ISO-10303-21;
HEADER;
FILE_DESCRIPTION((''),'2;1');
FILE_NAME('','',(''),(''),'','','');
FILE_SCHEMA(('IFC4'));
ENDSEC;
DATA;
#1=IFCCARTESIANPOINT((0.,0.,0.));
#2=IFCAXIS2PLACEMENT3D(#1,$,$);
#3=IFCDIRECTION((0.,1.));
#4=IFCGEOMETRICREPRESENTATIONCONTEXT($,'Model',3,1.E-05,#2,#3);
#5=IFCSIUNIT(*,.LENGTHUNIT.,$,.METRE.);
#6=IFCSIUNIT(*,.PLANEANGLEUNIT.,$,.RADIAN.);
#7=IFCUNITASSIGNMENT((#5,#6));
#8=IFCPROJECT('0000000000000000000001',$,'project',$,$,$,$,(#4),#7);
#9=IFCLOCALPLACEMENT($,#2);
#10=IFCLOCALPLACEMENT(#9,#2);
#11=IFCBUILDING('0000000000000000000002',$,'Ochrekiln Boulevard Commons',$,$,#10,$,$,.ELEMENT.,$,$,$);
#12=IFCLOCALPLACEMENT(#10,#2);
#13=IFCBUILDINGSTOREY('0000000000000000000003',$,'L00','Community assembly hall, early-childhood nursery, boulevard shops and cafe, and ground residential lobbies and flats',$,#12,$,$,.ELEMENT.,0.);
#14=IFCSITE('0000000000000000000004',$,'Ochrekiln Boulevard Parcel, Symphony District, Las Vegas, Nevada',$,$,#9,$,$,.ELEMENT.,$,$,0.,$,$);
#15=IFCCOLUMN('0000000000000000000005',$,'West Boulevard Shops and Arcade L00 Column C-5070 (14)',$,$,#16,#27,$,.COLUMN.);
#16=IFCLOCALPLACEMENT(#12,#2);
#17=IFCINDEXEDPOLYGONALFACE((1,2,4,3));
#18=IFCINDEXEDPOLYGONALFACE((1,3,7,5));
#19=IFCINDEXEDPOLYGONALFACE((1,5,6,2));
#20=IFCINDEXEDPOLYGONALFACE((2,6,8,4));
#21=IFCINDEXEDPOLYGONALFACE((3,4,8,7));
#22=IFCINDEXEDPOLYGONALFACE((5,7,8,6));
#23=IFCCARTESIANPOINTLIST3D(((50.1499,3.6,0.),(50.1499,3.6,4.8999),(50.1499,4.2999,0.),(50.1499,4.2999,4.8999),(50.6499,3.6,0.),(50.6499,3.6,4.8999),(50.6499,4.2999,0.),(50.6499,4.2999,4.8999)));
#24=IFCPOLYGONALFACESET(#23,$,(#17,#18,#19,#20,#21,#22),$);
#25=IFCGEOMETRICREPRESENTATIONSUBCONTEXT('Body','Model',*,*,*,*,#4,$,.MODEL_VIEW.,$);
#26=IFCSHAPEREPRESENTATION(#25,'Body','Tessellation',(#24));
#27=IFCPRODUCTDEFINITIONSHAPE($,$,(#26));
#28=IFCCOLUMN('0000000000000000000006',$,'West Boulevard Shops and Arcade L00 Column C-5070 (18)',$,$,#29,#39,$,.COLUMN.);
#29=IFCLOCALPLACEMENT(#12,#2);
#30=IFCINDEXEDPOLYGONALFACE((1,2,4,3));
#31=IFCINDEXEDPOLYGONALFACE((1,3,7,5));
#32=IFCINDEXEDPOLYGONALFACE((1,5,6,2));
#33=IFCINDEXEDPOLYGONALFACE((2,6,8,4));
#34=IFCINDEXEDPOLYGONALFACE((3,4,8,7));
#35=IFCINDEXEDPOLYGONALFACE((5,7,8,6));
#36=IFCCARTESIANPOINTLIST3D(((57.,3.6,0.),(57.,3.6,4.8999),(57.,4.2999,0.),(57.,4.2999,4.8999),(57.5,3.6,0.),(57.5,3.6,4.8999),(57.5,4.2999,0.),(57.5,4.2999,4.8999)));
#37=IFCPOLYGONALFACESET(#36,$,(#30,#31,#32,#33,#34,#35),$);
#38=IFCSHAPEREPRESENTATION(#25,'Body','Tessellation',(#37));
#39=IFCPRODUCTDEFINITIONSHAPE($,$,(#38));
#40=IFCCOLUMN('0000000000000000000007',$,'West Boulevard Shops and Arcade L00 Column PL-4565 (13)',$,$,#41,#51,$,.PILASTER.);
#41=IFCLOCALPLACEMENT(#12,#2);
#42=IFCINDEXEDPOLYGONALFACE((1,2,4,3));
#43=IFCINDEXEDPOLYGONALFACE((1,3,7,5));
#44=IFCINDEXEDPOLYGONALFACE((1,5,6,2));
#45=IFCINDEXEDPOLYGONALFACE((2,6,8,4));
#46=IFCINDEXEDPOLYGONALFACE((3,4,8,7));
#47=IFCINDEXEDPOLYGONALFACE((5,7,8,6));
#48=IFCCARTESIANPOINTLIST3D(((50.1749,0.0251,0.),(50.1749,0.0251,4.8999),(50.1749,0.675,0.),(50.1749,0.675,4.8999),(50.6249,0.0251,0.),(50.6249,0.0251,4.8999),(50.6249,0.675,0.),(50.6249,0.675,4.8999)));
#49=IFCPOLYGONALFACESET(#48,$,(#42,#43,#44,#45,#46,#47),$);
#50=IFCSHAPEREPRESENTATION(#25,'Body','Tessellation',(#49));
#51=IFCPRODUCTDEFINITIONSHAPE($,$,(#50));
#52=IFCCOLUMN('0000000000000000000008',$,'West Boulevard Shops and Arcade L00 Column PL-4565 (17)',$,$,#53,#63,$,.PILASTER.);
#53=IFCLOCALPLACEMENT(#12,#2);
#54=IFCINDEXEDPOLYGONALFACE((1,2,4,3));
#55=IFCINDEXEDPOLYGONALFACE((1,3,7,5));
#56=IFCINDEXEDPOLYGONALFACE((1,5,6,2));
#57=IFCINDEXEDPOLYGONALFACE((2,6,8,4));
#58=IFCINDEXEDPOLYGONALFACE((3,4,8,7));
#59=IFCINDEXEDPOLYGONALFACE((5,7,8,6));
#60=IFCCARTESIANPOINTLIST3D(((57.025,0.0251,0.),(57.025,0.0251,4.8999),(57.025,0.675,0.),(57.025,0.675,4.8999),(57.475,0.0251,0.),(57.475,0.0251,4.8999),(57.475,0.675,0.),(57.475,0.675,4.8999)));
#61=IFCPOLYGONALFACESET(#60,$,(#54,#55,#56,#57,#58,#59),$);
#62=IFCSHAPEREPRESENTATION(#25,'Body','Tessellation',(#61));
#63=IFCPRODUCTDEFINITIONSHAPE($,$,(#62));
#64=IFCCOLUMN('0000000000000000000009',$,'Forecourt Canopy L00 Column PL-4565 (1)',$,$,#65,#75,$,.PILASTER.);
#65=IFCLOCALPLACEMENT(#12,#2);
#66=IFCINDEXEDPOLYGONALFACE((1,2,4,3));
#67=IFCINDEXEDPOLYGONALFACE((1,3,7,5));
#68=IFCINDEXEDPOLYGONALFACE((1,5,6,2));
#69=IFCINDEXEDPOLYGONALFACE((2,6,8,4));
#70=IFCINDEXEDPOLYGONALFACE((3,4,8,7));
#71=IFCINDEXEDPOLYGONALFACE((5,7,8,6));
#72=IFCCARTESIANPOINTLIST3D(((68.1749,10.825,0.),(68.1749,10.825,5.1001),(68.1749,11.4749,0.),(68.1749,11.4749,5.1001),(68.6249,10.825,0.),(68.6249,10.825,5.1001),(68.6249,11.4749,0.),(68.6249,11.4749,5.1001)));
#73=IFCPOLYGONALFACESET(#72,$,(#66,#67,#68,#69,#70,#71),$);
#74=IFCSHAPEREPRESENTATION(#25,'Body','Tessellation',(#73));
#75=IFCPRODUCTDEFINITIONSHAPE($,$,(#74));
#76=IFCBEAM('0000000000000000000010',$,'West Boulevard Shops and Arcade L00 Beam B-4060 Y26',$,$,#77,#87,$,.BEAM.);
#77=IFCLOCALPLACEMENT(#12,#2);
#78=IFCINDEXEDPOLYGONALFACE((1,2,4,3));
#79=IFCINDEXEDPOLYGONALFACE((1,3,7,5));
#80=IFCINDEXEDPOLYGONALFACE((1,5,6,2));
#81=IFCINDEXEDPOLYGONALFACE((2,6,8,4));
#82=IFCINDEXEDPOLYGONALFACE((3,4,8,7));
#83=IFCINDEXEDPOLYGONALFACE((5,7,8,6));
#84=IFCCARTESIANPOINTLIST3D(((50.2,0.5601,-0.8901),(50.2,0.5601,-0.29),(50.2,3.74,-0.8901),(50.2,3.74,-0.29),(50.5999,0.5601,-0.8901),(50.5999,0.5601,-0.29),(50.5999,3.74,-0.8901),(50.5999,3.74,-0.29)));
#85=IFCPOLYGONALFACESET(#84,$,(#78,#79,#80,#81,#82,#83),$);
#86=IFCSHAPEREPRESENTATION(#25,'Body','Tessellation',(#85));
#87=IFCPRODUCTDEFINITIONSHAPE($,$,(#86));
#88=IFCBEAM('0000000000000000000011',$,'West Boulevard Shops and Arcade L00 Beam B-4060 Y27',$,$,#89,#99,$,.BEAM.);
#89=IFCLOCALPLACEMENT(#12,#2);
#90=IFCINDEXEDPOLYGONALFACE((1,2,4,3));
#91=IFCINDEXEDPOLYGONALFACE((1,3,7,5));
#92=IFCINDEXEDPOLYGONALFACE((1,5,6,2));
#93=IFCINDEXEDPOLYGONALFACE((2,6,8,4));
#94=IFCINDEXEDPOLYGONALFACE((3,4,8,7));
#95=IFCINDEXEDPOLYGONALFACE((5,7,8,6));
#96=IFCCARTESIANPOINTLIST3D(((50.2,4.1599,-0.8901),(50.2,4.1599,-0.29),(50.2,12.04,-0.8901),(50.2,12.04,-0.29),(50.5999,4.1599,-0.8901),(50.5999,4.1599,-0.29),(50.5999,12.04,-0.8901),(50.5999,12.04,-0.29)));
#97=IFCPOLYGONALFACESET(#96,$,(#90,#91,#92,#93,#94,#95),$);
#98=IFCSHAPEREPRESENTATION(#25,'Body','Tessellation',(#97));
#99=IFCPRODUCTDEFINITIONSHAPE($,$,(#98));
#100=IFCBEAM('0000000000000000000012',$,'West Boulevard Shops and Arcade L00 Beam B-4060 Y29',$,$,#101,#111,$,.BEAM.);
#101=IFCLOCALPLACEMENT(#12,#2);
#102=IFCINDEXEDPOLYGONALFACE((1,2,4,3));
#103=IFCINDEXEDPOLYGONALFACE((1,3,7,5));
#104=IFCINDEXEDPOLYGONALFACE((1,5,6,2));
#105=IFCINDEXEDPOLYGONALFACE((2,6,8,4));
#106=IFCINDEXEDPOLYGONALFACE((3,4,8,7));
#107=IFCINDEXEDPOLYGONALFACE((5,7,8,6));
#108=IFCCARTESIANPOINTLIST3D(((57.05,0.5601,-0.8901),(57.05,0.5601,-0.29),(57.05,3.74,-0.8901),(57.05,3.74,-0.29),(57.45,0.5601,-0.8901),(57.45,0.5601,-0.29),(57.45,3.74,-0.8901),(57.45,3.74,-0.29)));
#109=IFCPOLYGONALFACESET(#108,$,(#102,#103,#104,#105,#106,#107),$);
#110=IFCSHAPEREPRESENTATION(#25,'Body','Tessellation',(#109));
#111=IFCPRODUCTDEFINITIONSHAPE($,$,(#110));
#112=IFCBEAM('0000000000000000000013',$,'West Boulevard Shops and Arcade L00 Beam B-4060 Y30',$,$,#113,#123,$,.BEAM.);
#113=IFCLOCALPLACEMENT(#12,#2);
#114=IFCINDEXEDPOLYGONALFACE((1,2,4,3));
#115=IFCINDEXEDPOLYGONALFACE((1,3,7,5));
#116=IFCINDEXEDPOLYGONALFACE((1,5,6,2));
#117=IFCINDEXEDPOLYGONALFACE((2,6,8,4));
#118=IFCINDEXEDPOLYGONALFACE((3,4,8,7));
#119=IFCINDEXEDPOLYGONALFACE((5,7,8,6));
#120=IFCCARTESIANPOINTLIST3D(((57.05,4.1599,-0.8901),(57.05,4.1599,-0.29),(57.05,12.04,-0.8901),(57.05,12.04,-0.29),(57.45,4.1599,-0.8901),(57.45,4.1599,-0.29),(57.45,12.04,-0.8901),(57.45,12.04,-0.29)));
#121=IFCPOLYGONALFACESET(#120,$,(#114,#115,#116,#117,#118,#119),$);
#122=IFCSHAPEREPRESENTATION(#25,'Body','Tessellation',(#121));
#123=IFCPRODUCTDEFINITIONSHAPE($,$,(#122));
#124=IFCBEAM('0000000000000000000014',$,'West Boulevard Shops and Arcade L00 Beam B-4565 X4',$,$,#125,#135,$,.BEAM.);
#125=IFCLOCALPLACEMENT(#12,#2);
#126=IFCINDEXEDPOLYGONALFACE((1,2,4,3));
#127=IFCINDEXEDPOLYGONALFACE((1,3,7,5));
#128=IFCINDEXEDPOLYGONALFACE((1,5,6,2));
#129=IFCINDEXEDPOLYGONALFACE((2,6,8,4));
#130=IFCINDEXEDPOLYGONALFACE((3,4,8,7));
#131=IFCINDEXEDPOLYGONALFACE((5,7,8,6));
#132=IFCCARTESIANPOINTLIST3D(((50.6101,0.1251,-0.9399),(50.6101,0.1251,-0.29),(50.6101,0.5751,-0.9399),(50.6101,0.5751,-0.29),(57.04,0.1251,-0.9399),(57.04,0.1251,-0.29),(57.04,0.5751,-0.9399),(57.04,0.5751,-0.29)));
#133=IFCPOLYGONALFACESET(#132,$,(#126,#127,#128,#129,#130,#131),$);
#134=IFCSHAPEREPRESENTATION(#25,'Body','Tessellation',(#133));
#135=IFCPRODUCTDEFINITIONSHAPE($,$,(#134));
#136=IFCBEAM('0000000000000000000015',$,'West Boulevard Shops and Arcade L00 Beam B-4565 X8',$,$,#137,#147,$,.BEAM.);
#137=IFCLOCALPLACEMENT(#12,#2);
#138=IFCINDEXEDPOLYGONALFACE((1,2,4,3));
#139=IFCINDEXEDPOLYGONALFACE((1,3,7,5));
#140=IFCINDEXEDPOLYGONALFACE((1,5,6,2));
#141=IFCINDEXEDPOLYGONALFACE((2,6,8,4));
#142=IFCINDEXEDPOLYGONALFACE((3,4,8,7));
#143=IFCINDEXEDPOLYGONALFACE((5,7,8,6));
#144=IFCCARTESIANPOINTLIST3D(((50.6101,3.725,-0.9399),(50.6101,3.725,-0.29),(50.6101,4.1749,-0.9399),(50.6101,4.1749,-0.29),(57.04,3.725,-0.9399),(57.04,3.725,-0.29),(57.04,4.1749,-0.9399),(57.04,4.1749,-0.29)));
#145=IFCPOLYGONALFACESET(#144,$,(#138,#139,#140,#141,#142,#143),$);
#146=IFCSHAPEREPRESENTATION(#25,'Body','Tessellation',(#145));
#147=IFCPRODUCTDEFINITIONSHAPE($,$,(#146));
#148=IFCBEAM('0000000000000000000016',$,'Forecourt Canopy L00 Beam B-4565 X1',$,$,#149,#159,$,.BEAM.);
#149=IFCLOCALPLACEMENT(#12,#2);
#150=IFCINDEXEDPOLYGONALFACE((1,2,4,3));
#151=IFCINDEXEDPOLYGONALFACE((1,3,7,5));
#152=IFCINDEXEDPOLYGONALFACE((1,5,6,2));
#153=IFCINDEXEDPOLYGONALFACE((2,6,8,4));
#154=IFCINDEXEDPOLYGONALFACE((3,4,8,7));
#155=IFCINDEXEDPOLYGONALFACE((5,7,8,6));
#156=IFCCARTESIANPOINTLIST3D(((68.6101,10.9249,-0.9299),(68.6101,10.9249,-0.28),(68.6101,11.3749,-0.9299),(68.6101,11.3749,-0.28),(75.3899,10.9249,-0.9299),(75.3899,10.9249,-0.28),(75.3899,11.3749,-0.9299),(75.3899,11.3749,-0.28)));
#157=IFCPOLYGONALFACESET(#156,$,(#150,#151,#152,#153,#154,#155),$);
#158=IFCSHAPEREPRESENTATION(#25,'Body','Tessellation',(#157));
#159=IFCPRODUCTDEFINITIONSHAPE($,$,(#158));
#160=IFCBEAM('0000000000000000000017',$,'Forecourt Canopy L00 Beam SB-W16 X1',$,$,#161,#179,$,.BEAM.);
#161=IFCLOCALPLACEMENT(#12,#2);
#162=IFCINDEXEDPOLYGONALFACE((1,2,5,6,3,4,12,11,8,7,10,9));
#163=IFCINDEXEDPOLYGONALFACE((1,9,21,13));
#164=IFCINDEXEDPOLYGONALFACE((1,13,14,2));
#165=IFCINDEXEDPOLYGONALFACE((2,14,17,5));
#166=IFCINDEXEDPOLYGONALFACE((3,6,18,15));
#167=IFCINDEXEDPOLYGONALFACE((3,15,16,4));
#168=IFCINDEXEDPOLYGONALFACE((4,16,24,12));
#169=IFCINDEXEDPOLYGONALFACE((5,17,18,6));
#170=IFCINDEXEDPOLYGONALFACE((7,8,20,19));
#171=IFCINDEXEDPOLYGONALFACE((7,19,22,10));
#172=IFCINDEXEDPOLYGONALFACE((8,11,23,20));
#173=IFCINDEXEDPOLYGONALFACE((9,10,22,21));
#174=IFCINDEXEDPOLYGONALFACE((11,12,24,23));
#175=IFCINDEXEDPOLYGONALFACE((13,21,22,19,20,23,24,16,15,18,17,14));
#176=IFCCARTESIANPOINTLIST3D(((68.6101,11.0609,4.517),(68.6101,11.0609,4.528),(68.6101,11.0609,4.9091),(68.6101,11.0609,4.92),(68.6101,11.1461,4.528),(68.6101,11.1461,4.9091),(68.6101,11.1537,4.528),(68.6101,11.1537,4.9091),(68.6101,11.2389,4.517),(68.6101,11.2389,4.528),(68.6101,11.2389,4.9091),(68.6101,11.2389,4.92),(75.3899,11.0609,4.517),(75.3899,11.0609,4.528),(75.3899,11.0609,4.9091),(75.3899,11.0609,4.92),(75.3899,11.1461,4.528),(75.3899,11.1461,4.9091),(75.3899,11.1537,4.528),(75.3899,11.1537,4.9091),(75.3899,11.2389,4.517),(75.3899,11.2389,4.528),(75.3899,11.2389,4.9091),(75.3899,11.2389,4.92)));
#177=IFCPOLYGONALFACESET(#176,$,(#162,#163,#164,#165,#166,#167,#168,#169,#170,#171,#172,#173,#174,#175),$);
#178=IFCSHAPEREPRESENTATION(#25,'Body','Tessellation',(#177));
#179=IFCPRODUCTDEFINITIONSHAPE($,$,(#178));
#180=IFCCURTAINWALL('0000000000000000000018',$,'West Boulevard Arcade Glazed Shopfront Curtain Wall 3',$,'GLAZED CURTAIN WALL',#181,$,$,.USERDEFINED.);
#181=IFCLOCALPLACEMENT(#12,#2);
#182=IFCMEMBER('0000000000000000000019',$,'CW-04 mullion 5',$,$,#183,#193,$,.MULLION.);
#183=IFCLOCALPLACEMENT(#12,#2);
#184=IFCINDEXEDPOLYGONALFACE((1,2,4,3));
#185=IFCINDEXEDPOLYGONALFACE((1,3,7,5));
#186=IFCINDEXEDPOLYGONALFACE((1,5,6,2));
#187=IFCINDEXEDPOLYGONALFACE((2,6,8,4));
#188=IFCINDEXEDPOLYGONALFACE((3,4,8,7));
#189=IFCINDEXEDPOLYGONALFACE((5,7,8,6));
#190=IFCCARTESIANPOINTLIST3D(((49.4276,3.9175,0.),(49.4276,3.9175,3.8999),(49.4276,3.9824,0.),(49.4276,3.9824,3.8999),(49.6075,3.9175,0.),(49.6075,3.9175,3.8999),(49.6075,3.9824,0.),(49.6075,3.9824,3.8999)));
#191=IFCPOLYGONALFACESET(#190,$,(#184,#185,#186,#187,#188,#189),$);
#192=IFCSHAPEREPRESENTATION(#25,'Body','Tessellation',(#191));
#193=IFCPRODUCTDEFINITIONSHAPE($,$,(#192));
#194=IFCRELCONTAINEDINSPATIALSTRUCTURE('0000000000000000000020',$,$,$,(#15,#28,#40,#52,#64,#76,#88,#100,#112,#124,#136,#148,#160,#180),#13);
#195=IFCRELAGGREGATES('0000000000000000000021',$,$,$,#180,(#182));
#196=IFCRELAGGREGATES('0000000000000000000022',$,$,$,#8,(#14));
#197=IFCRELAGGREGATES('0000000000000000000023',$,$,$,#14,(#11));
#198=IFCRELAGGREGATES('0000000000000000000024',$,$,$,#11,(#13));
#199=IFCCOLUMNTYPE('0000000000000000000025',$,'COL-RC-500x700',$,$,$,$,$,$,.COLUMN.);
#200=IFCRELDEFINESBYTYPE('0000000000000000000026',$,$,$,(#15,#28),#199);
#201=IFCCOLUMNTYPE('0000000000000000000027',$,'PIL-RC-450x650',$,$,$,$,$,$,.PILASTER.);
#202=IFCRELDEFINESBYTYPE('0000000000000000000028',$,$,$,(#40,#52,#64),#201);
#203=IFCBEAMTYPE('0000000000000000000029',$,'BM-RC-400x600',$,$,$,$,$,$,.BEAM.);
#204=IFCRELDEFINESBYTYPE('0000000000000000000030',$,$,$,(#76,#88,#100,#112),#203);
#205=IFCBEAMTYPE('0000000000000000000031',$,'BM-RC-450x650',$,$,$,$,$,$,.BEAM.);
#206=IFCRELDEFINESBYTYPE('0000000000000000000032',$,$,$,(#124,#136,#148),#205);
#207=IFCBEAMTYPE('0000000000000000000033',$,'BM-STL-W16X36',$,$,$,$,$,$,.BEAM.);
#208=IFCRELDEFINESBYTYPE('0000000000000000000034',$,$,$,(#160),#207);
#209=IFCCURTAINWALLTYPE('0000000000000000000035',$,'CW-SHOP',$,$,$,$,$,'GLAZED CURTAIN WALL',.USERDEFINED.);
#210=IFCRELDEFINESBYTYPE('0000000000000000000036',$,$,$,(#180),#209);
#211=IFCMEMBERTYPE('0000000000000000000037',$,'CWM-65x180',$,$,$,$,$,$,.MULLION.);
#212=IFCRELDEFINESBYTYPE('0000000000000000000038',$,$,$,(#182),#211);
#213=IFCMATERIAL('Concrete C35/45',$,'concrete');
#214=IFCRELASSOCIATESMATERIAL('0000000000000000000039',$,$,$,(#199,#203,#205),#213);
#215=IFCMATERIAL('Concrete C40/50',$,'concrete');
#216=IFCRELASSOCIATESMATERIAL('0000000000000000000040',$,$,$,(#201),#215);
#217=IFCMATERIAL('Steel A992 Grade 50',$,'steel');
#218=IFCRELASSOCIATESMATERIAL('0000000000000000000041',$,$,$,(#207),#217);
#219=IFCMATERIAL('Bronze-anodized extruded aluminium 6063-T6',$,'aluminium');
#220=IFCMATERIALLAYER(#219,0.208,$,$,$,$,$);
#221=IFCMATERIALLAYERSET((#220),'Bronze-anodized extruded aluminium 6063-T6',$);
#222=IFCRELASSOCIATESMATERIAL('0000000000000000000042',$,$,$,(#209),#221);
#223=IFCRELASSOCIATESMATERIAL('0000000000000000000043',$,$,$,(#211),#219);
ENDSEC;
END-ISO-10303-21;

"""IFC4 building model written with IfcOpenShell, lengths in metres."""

from ifc_helpers import new_model, si_unit, direction, frame, origin, origin_2d, place, context, subcontext, project, spatial, rectangle, i_section, extrude, material, layer, layer_set, material_profile, profile_set, type_object, element, aggregate, save


model = new_model("IFC4")

# Units and contexts
model_context = context("Model", 3, precision=1e-05, world=origin(), true_north=direction((0.0, 1.0)))
body_context = subcontext(model_context, "Body", "Model", "MODEL_VIEW")
ifc_project = project(units=[si_unit("LENGTHUNIT", "METRE"), si_unit("PLANEANGLEUNIT", "RADIAN")], contexts=[model_context])

# Site, building, storey
site_placement = place(None, origin())
site = spatial("IfcSite", under=ifc_project, at=site_placement, Name="Ochrekiln Boulevard Parcel, Symphony District, Las Vegas, Nevada", CompositionType="ELEMENT", RefElevation=0.0)
building_placement = place(site_placement, origin())
building = spatial("IfcBuilding", under=site, at=building_placement, Name="Ochrekiln Boulevard Commons", CompositionType="ELEMENT")
storey_placement = place(building_placement, origin())
storey = spatial("IfcBuildingStorey", under=building, at=storey_placement, Name="L00", Description="Community assembly hall, early-childhood nursery, boulevard shops and cafe, and ground residential lobbies and flats", CompositionType="ELEMENT", Elevation=0.0)

# Columns
ifc_material_1 = material(Name="Concrete C35/45", Category="concrete")
ifc_material_profile_1 = material_profile(ifc_material_1, rectangle(XDim=0.5, YDim=0.7, at=origin_2d()), Name="RC-COL-500x700")
ifc_profile_set_1 = profile_set([ifc_material_profile_1], Name="Concrete C35/45")
column_type_1 = type_object("IfcColumnType", Name="COL-RC-500x700", PredefinedType="COLUMN", material=ifc_profile_set_1)
for number, where, z_axis, x_axis, name in (
    (1, (50.3999, 3.95, 0.0), (0.0, 0.0, 1.0), (1.0, 0.0, 0.0), "West Boulevard Shops and Arcade L00 Column C-5070 (14)"),
    (2, (57.25, 3.95, 0.0), (0.0, 0.0, 1.0), (1.0, 0.0, 0.0), "West Boulevard Shops and Arcade L00 Column C-5070 (18)"),
):
    element("IfcColumn", number, at=place(storey_placement, frame(where, z_axis=z_axis, x_axis=x_axis)), inside=storey, type_object=column_type_1, Name=name, PredefinedType="COLUMN", context=body_context, shape_type="SweptSolid", body=[
        extrude(rectangle(XDim=0.5, YDim=0.7, at=origin_2d()), origin(), (0.0, 0.0, 1.0), 4.8999),
    ])
ifc_material_2 = material(Name="Concrete C40/50", Category="concrete")
ifc_material_profile_2 = material_profile(ifc_material_2, rectangle(XDim=0.45, YDim=0.6499, at=origin_2d()), Name="RC-PIL-450x650")
ifc_profile_set_2 = profile_set([ifc_material_profile_2], Name="Concrete C40/50")
column_type_2 = type_object("IfcColumnType", Name="PIL-RC-450x650", PredefinedType="PILASTER", material=ifc_profile_set_2)
for number, where, z_axis, x_axis, name in (
    (3, (50.3999, 0.3501, 0.0), (0.0, 0.0, 1.0), (1.0, 0.0, 0.0), "West Boulevard Shops and Arcade L00 Column PL-4565 (13)"),
    (4, (57.25, 0.3501, 0.0), (0.0, 0.0, 1.0), (1.0, 0.0, 0.0), "West Boulevard Shops and Arcade L00 Column PL-4565 (17)"),
):
    element("IfcColumn", number, at=place(storey_placement, frame(where, z_axis=z_axis, x_axis=x_axis)), inside=storey, type_object=column_type_2, Name=name, PredefinedType="PILASTER", context=body_context, shape_type="SweptSolid", body=[
        extrude(rectangle(XDim=0.45, YDim=0.6499, at=origin_2d()), origin(), (0.0, 0.0, 1.0), 4.8999),
    ])
column_placement = place(storey_placement, frame((68.3999, 11.1499, 0.0), z_axis=(0.0, 0.0, 1.0), x_axis=(1.0, 0.0, 0.0)))
element("IfcColumn", 5, at=column_placement, inside=storey, type_object=column_type_2, Name="Forecourt Canopy L00 Column PL-4565 (1)", PredefinedType="PILASTER", context=body_context, shape_type="SweptSolid", body=[
    extrude(rectangle(XDim=0.45, YDim=0.6499, at=origin_2d()), origin(), (0.0, 0.0, 1.0), 5.1001),
])

# Beams
ifc_material_profile_3 = material_profile(ifc_material_1, rectangle(XDim=0.3999, YDim=0.6001, at=origin_2d()), Name="RC-BM-400x600")
ifc_profile_set_3 = profile_set([ifc_material_profile_3], Name="Concrete C35/45")
beam_type_1 = type_object("IfcBeamType", Name="BM-RC-400x600", PredefinedType="BEAM", material=ifc_profile_set_3)
beam_1_placement = place(storey_placement, frame((50.3999, 0.5601, -0.5901), z_axis=(0.0, 1.0, 0.0), x_axis=(-1.0, 0.0, 0.0)))
element("IfcBeam", 6, at=beam_1_placement, inside=storey, type_object=beam_type_1, Name="West Boulevard Shops and Arcade L00 Beam B-4060 Y26", PredefinedType="BEAM", context=body_context, shape_type="SweptSolid", body=[
    extrude(rectangle(XDim=0.3999, YDim=0.6001, at=origin_2d()), origin(), (0.0, 0.0, 1.0), 3.1799),
])
beam_2_placement = place(storey_placement, frame((50.3999, 4.1599, -0.5901), z_axis=(0.0, 1.0, 0.0), x_axis=(-1.0, 0.0, 0.0)))
element("IfcBeam", 7, at=beam_2_placement, inside=storey, type_object=beam_type_1, Name="West Boulevard Shops and Arcade L00 Beam B-4060 Y27", PredefinedType="BEAM", context=body_context, shape_type="SweptSolid", body=[
    extrude(rectangle(XDim=0.3999, YDim=0.6001, at=origin_2d()), origin(), (0.0, 0.0, 1.0), 7.8801),
])
beam_3_placement = place(storey_placement, frame((57.25, 0.5601, -0.5901), z_axis=(0.0, 1.0, 0.0), x_axis=(-1.0, 0.0, 0.0)))
element("IfcBeam", 8, at=beam_3_placement, inside=storey, type_object=beam_type_1, Name="West Boulevard Shops and Arcade L00 Beam B-4060 Y29", PredefinedType="BEAM", context=body_context, shape_type="SweptSolid", body=[
    extrude(rectangle(XDim=0.3999, YDim=0.6001, at=origin_2d()), origin(), (0.0, 0.0, 1.0), 3.1799),
])
beam_4_placement = place(storey_placement, frame((57.25, 4.1599, -0.5901), z_axis=(0.0, 1.0, 0.0), x_axis=(-1.0, 0.0, 0.0)))
element("IfcBeam", 9, at=beam_4_placement, inside=storey, type_object=beam_type_1, Name="West Boulevard Shops and Arcade L00 Beam B-4060 Y30", PredefinedType="BEAM", context=body_context, shape_type="SweptSolid", body=[
    extrude(rectangle(XDim=0.3999, YDim=0.6001, at=origin_2d()), origin(), (0.0, 0.0, 1.0), 7.8801),
])
ifc_material_profile_4 = material_profile(ifc_material_1, rectangle(XDim=0.45, YDim=0.6499, at=origin_2d()), Name="RC-BM-450x650")
ifc_profile_set_4 = profile_set([ifc_material_profile_4], Name="Concrete C35/45")
beam_type_2 = type_object("IfcBeamType", Name="BM-RC-450x650", PredefinedType="BEAM", material=ifc_profile_set_4)
for number, where, z_axis, x_axis, name in (
    (10, (50.6101, 0.3501, -0.615), (1.0, 0.0, 0.0), (0.0, 1.0, 0.0), "West Boulevard Shops and Arcade L00 Beam B-4565 X4"),
    (11, (50.6101, 3.95, -0.615), (1.0, 0.0, 0.0), (0.0, 1.0, 0.0), "West Boulevard Shops and Arcade L00 Beam B-4565 X8"),
):
    element("IfcBeam", number, at=place(storey_placement, frame(where, z_axis=z_axis, x_axis=x_axis)), inside=storey, type_object=beam_type_2, Name=name, PredefinedType="BEAM", context=body_context, shape_type="SweptSolid", body=[
        extrude(rectangle(XDim=0.45, YDim=0.6499, at=origin_2d()), origin(), (0.0, 0.0, 1.0), 6.4299),
    ])
beam_5_placement = place(storey_placement, frame((68.6101, 11.1499, -0.605), z_axis=(1.0, 0.0, 0.0), x_axis=(0.0, 1.0, 0.0)))
element("IfcBeam", 12, at=beam_5_placement, inside=storey, type_object=beam_type_2, Name="Forecourt Canopy L00 Beam B-4565 X1", PredefinedType="BEAM", context=body_context, shape_type="SweptSolid", body=[
    extrude(rectangle(XDim=0.45, YDim=0.6499, at=origin_2d()), origin(), (0.0, 0.0, 1.0), 6.7798),
])
ifc_material_3 = material(Name="Steel A992 Grade 50", Category="steel")
ifc_material_profile_5 = material_profile(ifc_material_3, i_section(OverallWidth=0.178, OverallDepth=0.4031, WebThickness=0.0076, FlangeThickness=0.011, at=origin_2d()), Name="W16X36")
ifc_profile_set_5 = profile_set([ifc_material_profile_5], Name="Steel A992 Grade 50")
beam_type_3 = type_object("IfcBeamType", Name="BM-STL-W16X36", PredefinedType="BEAM", material=ifc_profile_set_5)
beam_6_placement = place(storey_placement, frame((68.6101, 11.1499, 4.7185), z_axis=(1.0, 0.0, 0.0), x_axis=(0.0, 1.0, 0.0)))
element("IfcBeam", 13, at=beam_6_placement, inside=storey, type_object=beam_type_3, Name="Forecourt Canopy L00 Beam SB-W16 X1", PredefinedType="BEAM", context=body_context, shape_type="SweptSolid", body=[
    extrude(i_section(OverallWidth=0.178, OverallDepth=0.4031, WebThickness=0.0076, FlangeThickness=0.011, at=origin_2d()), origin(), (0.0, 0.0, 1.0), 6.7798),
])

# Curtain wall, member
ifc_material_4 = material(Name="Bronze-anodized extruded aluminium 6063-T6", Category="aluminium")
ifc_layer_1 = layer(ifc_material_4, 0.208)
ifc_layer_set_1 = layer_set([ifc_layer_1], Name="Bronze-anodized extruded aluminium 6063-T6")
curtain_wall_type = type_object("IfcCurtainWallType", Name="CW-SHOP", ElementType="GLAZED CURTAIN WALL", PredefinedType="USERDEFINED", material=ifc_layer_set_1)
curtain_wall_placement = place(storey_placement, origin())
curtain_wall = element("IfcCurtainWall", 14, at=curtain_wall_placement, inside=storey, type_object=curtain_wall_type, Name="West Boulevard Arcade Glazed Shopfront Curtain Wall 3", ObjectType="GLAZED CURTAIN WALL", PredefinedType="USERDEFINED")
ifc_material_profile_6 = material_profile(ifc_material_4, rectangle(XDim=0.0649, YDim=0.1799, at=origin_2d()), Name="ALU-MUL-65x180")
ifc_profile_set_6 = profile_set([ifc_material_profile_6], Name="Bronze-anodized extruded aluminium 6063-T6")
member_type_1 = type_object("IfcMemberType", Name="CWM-65x180", PredefinedType="MULLION", material=ifc_profile_set_6)
member_1_placement = place(storey_placement, frame((49.5176, 3.95, 0.0), z_axis=(0.0, 0.0, 1.0), x_axis=(0.0, 1.0, 0.0)))
member_1 = element("IfcMember", 15, at=member_1_placement, type_object=member_type_1, Name="CW-04 mullion 5", PredefinedType="MULLION", context=body_context, shape_type="SweptSolid", body=[
    extrude(rectangle(XDim=0.0649, YDim=0.1799, at=origin_2d()), origin(), (0.0, 0.0, 1.0), 3.8999),
])

aggregate(curtain_wall, [member_1])

save(model, "model.ifc")
